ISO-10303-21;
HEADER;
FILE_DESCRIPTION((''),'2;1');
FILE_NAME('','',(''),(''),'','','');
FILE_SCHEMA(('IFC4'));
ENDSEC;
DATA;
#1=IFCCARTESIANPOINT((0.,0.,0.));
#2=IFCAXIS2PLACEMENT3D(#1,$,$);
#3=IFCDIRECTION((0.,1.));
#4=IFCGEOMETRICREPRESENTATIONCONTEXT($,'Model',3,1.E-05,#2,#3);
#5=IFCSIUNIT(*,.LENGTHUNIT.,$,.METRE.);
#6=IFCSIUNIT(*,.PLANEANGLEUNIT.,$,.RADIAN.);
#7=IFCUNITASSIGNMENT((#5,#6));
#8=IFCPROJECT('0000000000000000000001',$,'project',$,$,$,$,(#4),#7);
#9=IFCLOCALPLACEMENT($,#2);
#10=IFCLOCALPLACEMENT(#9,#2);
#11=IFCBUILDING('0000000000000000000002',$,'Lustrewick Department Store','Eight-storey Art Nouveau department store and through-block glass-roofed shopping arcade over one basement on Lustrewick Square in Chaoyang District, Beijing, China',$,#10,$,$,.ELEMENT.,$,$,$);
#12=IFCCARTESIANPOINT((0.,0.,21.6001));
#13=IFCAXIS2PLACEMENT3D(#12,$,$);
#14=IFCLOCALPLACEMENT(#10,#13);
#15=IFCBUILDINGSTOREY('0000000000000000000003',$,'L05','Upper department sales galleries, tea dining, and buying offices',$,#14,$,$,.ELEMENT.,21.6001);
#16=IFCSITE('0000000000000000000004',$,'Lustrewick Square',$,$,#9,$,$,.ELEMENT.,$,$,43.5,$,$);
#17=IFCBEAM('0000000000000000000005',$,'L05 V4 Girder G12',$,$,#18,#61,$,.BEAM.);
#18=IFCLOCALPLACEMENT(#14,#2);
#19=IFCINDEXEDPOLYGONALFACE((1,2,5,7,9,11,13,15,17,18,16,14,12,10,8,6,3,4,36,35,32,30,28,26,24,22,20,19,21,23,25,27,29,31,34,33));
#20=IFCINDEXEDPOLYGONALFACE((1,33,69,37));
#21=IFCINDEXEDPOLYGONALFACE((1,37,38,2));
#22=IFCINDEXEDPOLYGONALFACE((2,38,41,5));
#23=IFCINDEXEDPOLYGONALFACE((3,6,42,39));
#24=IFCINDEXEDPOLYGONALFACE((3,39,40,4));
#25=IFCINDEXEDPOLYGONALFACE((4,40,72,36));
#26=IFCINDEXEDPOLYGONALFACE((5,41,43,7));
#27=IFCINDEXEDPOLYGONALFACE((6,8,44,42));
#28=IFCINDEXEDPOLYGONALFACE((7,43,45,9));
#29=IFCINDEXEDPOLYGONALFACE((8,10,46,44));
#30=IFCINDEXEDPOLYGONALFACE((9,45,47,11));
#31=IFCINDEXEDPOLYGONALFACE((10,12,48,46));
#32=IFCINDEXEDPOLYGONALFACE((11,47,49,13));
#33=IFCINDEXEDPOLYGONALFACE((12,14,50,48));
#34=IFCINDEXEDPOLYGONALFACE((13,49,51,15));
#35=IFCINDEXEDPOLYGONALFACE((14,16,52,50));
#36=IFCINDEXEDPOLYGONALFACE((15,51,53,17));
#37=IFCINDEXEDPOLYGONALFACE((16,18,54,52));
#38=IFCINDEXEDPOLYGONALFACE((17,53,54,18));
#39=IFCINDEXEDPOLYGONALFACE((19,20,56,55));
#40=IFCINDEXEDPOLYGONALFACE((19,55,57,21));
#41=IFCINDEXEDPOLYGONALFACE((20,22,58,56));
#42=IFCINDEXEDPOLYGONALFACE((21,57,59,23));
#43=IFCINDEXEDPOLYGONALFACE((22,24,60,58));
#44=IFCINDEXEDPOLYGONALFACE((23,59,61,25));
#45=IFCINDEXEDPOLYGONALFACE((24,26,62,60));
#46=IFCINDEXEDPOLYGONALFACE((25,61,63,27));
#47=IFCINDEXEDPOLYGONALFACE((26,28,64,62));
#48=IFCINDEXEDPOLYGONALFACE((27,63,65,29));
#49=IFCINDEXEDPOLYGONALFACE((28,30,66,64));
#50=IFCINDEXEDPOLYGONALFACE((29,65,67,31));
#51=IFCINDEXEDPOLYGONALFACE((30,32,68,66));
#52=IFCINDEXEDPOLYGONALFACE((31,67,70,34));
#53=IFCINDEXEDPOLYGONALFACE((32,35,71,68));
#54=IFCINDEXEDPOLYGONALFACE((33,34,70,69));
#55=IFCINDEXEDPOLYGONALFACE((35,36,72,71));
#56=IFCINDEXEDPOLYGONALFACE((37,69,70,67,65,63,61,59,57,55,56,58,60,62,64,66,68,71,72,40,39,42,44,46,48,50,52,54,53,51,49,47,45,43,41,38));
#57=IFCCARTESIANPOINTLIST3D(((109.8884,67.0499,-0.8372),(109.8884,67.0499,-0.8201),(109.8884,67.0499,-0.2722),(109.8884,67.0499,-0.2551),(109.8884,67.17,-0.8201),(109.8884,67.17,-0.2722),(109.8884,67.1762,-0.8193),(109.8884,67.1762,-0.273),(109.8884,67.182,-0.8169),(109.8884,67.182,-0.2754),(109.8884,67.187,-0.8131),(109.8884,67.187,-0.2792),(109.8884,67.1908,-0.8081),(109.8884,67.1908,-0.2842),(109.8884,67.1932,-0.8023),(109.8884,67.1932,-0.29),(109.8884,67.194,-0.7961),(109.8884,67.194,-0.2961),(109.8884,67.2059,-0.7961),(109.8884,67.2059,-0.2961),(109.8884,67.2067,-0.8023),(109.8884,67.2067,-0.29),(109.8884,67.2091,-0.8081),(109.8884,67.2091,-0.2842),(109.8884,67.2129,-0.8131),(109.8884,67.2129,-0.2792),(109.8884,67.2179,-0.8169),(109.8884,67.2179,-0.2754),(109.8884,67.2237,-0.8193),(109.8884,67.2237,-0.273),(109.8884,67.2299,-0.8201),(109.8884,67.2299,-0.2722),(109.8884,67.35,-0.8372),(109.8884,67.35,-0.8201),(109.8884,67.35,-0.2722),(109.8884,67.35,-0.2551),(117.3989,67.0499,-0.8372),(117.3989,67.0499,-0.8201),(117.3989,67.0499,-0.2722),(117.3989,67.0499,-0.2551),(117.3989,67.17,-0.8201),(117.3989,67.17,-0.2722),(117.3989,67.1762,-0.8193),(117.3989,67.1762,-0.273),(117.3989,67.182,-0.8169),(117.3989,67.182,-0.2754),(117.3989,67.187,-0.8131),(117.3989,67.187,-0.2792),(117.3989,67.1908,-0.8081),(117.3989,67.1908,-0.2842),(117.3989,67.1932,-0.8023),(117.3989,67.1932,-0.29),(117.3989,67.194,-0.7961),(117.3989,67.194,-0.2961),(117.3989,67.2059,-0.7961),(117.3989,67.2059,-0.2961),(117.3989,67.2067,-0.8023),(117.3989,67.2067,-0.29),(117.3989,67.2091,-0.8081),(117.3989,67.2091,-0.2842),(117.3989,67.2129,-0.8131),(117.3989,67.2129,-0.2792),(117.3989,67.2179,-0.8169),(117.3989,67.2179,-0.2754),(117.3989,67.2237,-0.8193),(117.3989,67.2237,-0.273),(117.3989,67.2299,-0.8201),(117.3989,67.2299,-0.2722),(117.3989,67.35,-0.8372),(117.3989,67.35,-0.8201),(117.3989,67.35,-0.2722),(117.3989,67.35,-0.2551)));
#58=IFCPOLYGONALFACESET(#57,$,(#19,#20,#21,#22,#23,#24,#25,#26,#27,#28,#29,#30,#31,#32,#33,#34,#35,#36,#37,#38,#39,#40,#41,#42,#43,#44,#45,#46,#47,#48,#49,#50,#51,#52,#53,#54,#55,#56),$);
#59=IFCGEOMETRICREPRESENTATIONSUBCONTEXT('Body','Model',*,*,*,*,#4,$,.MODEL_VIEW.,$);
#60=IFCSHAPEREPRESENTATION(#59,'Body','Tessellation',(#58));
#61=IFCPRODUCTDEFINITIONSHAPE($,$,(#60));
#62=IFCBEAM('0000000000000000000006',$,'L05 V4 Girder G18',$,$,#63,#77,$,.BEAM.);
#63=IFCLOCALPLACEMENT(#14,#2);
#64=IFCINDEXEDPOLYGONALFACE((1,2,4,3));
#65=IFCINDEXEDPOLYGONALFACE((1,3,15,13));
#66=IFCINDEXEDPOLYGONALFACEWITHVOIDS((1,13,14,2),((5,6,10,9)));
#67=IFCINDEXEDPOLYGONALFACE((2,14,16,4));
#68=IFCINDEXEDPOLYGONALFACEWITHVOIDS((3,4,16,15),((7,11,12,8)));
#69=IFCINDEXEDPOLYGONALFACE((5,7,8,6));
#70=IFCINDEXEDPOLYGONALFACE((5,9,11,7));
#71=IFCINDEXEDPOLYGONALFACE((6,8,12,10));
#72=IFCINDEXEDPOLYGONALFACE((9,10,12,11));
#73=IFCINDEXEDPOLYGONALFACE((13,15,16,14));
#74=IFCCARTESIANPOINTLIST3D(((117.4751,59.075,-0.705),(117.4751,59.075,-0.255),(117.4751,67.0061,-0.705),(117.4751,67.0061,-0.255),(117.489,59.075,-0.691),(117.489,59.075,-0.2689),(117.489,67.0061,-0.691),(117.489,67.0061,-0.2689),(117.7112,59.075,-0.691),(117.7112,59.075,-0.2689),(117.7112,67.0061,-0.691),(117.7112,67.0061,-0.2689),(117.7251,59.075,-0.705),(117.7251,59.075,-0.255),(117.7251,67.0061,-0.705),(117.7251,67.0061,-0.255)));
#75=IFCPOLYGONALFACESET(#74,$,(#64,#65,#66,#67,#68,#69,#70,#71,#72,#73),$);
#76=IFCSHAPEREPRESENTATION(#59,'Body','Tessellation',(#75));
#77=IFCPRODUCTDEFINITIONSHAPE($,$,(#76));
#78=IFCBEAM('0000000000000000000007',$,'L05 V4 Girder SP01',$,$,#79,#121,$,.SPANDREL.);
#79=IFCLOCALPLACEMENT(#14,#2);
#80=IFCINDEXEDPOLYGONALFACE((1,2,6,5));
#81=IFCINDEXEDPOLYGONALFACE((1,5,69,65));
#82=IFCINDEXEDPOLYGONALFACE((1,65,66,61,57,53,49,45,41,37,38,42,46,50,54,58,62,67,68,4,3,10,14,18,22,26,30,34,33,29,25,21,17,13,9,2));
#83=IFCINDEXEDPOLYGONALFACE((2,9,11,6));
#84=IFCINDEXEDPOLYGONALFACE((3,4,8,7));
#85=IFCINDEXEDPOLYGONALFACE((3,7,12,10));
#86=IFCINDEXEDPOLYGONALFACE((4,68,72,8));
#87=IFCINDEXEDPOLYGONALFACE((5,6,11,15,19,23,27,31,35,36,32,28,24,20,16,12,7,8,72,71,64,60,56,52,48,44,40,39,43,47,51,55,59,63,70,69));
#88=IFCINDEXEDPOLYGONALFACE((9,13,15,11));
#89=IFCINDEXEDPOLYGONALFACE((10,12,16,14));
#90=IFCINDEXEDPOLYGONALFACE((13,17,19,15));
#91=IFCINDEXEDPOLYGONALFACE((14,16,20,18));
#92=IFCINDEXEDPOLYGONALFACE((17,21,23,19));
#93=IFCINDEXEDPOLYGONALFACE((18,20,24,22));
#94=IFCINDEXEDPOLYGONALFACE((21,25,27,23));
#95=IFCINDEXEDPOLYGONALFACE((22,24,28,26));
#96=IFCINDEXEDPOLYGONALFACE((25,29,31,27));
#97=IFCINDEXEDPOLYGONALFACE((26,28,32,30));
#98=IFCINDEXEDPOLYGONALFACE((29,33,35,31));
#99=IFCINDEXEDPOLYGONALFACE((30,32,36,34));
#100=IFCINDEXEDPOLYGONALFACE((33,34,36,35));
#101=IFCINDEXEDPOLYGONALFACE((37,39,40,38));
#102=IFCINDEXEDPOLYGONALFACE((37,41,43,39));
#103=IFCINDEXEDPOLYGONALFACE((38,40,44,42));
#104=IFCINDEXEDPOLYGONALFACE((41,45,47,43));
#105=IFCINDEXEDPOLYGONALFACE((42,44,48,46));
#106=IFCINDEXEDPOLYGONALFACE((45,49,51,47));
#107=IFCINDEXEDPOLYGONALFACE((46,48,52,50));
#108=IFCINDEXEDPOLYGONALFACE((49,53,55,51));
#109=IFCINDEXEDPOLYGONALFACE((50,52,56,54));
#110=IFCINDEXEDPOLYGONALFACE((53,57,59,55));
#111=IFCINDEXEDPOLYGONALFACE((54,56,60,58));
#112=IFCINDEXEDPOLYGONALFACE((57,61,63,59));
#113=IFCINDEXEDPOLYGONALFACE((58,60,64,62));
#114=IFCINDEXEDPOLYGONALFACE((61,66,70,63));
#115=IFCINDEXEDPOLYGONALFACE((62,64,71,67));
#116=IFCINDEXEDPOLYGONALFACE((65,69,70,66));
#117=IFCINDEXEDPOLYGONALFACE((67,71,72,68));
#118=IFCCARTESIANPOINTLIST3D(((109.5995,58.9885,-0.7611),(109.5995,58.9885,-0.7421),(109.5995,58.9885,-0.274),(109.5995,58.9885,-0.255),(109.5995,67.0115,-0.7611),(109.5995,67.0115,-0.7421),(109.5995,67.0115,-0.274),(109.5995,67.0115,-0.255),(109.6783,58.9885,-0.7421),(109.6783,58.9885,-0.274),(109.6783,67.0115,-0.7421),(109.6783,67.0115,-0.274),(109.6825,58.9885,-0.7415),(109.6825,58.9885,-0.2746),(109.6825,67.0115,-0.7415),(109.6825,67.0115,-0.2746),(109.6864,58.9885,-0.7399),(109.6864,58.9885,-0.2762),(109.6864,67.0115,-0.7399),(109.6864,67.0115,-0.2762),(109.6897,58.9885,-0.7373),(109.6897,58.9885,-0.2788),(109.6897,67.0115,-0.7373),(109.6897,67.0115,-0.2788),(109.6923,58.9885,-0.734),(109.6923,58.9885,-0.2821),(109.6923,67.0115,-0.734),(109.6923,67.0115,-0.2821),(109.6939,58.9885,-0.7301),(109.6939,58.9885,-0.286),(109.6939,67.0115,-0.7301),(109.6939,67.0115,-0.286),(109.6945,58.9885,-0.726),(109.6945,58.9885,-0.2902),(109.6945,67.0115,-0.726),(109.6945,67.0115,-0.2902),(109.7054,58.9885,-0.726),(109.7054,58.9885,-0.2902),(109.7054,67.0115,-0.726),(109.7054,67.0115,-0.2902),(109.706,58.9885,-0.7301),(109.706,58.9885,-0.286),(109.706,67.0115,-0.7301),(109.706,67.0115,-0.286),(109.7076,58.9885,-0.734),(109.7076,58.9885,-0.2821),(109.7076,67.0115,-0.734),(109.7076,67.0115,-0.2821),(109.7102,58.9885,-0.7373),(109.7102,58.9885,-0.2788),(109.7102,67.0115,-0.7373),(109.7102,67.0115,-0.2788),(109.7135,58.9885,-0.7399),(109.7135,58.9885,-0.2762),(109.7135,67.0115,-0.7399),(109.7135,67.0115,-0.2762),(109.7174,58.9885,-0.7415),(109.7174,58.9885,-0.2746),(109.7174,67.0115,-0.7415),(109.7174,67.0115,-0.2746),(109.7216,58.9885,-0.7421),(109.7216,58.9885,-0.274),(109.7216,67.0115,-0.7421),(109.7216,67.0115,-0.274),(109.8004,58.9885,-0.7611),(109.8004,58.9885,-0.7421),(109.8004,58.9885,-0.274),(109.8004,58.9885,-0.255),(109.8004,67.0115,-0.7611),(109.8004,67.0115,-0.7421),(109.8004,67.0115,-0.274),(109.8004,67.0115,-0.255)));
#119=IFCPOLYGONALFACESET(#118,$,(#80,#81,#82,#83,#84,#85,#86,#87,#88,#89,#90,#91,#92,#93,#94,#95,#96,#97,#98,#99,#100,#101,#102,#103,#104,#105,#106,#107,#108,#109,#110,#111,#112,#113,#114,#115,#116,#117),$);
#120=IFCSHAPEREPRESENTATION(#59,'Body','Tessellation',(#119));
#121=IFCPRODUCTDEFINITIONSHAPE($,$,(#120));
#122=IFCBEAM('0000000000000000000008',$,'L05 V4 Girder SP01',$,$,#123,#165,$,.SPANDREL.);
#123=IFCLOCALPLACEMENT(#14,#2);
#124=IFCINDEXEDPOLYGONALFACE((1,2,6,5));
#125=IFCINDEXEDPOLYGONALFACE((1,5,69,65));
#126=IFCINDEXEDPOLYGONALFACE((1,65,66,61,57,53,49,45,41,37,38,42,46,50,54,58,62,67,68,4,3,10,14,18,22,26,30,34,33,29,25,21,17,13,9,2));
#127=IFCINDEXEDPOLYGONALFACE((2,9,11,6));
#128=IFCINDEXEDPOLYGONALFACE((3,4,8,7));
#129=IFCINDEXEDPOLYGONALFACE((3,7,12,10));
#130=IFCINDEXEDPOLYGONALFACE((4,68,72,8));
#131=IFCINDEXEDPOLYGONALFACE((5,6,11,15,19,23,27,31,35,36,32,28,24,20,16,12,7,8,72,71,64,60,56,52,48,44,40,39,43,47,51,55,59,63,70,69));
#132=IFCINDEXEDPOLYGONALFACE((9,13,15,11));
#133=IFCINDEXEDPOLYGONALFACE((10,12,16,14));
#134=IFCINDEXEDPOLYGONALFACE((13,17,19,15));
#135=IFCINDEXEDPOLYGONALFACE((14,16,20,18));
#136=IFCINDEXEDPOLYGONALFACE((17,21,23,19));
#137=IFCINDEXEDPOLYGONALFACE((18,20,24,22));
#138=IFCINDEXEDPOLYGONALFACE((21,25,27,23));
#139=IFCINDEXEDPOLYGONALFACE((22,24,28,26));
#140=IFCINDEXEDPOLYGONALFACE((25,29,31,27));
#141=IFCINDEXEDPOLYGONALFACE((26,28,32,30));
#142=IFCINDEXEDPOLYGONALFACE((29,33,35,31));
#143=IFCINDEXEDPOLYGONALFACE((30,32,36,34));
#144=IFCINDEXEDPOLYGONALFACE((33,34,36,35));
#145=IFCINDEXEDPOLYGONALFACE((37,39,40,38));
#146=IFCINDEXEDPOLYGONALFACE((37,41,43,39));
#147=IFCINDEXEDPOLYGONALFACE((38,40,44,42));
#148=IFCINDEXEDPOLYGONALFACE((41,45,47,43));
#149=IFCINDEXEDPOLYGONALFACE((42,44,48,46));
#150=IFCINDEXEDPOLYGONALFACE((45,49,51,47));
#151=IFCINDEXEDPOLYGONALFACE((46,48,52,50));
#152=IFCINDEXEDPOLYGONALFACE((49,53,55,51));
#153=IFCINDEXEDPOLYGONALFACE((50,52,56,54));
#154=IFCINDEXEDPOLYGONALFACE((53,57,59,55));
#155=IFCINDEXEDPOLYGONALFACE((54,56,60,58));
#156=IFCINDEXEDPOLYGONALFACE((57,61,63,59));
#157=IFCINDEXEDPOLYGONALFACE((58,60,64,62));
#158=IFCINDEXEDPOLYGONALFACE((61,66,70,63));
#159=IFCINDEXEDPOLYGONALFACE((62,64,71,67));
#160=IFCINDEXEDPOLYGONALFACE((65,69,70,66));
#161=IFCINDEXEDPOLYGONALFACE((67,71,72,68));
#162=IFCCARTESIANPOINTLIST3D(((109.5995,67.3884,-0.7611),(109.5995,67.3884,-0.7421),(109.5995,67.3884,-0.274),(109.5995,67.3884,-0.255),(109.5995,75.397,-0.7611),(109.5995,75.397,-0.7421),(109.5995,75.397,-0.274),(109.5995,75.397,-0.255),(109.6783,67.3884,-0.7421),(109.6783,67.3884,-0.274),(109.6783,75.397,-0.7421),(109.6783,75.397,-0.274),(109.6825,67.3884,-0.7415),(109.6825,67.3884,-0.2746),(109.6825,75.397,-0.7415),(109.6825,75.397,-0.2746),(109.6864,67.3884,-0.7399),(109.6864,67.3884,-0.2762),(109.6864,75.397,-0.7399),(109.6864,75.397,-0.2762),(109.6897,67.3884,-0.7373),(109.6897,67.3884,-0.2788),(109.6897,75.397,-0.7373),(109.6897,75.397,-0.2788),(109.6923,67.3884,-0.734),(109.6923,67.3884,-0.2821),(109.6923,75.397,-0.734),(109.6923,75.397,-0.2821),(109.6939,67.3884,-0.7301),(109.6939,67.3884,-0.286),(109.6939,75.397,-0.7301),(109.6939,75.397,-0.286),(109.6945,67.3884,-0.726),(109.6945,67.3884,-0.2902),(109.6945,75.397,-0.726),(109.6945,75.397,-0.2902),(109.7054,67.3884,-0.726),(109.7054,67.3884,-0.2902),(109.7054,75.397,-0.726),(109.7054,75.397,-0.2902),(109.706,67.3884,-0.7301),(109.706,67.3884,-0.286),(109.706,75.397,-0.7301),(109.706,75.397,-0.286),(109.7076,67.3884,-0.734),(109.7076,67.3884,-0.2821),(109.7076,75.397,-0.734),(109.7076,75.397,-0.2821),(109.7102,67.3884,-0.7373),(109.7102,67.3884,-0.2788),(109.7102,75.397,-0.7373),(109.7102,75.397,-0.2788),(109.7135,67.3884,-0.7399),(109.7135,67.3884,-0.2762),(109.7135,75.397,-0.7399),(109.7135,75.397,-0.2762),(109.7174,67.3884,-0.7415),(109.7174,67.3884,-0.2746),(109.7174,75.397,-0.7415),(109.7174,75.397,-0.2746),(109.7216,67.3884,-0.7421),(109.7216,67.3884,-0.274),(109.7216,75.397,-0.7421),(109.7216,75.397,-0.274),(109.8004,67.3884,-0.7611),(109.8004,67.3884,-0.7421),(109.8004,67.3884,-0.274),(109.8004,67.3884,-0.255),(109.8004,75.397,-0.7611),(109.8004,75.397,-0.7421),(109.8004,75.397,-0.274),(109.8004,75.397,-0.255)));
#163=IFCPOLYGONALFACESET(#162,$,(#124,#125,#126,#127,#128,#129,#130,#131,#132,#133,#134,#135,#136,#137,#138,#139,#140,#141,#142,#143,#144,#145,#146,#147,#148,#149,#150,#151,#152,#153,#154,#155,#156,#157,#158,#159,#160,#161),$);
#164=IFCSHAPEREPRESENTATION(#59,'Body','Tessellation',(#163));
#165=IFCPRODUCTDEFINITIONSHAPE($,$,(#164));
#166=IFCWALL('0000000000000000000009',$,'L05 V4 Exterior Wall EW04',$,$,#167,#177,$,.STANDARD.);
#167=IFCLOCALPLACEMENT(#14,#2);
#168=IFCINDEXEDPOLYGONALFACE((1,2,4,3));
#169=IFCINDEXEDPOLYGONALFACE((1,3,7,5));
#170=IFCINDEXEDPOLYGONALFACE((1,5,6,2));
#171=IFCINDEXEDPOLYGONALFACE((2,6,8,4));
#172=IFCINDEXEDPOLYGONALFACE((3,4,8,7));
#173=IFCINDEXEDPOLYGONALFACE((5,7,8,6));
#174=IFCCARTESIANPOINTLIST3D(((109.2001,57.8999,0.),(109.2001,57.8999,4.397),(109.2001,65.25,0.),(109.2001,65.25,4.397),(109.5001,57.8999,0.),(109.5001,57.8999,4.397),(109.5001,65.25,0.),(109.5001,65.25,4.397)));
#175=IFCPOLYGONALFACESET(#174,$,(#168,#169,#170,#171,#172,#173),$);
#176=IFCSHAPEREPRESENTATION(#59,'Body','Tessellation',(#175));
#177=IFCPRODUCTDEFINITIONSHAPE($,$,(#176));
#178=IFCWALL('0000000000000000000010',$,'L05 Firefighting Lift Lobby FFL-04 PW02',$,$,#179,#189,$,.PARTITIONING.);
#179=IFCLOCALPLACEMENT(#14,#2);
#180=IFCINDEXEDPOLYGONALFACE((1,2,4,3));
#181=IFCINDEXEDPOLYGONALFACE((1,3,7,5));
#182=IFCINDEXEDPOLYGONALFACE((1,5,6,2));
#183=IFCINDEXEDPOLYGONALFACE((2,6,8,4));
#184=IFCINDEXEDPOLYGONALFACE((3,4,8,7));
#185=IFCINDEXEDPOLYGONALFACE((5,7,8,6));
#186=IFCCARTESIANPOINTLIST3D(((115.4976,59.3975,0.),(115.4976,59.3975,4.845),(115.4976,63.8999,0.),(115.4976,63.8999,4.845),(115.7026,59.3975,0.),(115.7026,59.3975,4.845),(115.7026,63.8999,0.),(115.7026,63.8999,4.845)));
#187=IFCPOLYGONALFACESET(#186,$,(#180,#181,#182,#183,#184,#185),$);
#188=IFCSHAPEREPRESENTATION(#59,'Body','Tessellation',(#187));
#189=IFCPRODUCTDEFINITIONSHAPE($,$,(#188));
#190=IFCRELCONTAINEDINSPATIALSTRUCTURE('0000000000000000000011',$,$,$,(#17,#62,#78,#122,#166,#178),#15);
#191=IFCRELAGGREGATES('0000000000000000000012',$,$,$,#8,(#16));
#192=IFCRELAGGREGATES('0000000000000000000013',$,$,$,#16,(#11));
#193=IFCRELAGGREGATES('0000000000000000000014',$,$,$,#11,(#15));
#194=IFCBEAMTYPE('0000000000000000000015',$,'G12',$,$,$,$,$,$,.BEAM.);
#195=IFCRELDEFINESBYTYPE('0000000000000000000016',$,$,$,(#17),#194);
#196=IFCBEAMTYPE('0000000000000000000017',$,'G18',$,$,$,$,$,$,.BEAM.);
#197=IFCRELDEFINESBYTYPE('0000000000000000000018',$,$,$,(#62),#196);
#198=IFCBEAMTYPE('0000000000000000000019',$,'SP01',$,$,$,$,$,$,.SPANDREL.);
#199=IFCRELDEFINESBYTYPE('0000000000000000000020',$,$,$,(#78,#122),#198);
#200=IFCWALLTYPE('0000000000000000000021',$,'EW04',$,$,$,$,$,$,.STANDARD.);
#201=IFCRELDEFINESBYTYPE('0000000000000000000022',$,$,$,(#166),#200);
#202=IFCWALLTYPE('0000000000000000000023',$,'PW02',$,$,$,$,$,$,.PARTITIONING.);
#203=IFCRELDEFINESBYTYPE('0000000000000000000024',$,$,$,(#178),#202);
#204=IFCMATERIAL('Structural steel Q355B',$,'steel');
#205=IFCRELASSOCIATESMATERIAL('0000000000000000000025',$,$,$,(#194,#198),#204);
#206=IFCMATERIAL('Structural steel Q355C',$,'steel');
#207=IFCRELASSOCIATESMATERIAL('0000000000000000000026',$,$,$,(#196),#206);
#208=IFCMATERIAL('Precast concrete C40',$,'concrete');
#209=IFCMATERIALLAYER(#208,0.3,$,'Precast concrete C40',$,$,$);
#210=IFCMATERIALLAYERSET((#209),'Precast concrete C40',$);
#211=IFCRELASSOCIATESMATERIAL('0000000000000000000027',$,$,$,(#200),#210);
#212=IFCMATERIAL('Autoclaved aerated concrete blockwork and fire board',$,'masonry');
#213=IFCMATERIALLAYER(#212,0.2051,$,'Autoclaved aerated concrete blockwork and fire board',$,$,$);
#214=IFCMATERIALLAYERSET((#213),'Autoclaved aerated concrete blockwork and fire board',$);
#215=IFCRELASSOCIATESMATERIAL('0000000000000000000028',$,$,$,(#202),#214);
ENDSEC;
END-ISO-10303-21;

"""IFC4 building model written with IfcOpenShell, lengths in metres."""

from ifc_helpers import new_model, si_unit, direction, frame, frame_2d, origin, origin_2d, place, context, subcontext, project, spatial, rectangle, hollow_rectangle, i_section, extrude, material, layer, layer_set, material_profile, profile_set, type_object, element, save


model = new_model("IFC4")

# Units and contexts
model_context = context("Model", 3, precision=1e-05, world=origin(), true_north=direction((0.0, 1.0)))
body_context = subcontext(model_context, "Body", "Model", "MODEL_VIEW")
ifc_project = project(units=[si_unit("LENGTHUNIT", "METRE"), si_unit("PLANEANGLEUNIT", "RADIAN")], contexts=[model_context])

# Site, building, storey
site_placement = place(None, origin())
site = spatial("IfcSite", under=ifc_project, at=site_placement, Name="Lustrewick Square", CompositionType="ELEMENT", RefElevation=43.5)
building_placement = place(site_placement, origin())
building = spatial("IfcBuilding", under=site, at=building_placement, Name="Lustrewick Department Store", Description="Eight-storey Art Nouveau department store and through-block glass-roofed shopping arcade over one basement on Lustrewick Square in Chaoyang District, Beijing, China", CompositionType="ELEMENT")
storey_placement = place(building_placement, frame((0.0, 0.0, 21.6001)))
storey = spatial("IfcBuildingStorey", under=building, at=storey_placement, Name="L05", Description="Upper department sales galleries, tea dining, and buying offices", CompositionType="ELEMENT", Elevation=21.6001)

# Shared definitions
ifc_material_1 = material(Name="Structural steel Q355B", Category="steel")

# Beams
ifc_material_2 = material(Name="Structural steel Q355C", Category="steel")
ifc_material_profile_1 = material_profile(ifc_material_1, i_section(OverallWidth=0.3, OverallDepth=0.582, WebThickness=0.012, FlangeThickness=0.0171, FilletRadius=0.0239, at=origin_2d()), Name="HM 582x300x12x17")
ifc_profile_set_1 = profile_set([ifc_material_profile_1], Name="Structural steel Q355B")
beam_type_1 = type_object("IfcBeamType", Name="G12", PredefinedType="BEAM", material=ifc_profile_set_1)
beam_1_placement = place(storey_placement, frame((109.8884, 67.2, -0.5461), z_axis=(1.0, 0.0, 0.0), x_axis=(0.0, 1.0, 0.0)))
element("IfcBeam", 1, at=beam_1_placement, inside=storey, type_object=beam_type_1, Name="L05 V4 Girder G12", PredefinedType="BEAM", context=body_context, shape_type="SweptSolid", body=[
    extrude(i_section(OverallWidth=0.3, OverallDepth=0.582, WebThickness=0.012, FlangeThickness=0.0171, FilletRadius=0.0239, at=origin_2d()), origin(), (0.0, 0.0, 1.0), 7.5105),
])
ifc_material_profile_2 = material_profile(ifc_material_2, hollow_rectangle(XDim=0.25, YDim=0.45, WallThickness=0.0139, at=origin_2d()), Name="RHS 450x250x14")
ifc_profile_set_2 = profile_set([ifc_material_profile_2], Name="Structural steel Q355C")
beam_type_2 = type_object("IfcBeamType", Name="G18", PredefinedType="BEAM", material=ifc_profile_set_2)
beam_2_placement = place(storey_placement, frame((117.6001, 59.075, -0.48), z_axis=(0.0, 1.0, 0.0), x_axis=(-1.0, 0.0, 0.0)))
element("IfcBeam", 2, at=beam_2_placement, inside=storey, type_object=beam_type_2, Name="L05 V4 Girder G18", PredefinedType="BEAM", context=body_context, shape_type="SweptSolid", body=[
    extrude(hollow_rectangle(XDim=0.25, YDim=0.45, WallThickness=0.0139, at=origin_2d()), origin(), (0.0, 0.0, 1.0), 7.9312),
])
ifc_material_profile_3 = material_profile(ifc_material_1, i_section(OverallWidth=0.2009, OverallDepth=0.5061, WebThickness=0.011, FlangeThickness=0.019, FilletRadius=0.0161, at=origin_2d()), Name="HN 506x201x11x19")
ifc_profile_set_3 = profile_set([ifc_material_profile_3], Name="Structural steel Q355B")
beam_type_3 = type_object("IfcBeamType", Name="SP01", PredefinedType="SPANDREL", material=ifc_profile_set_3)
beam_3_placement = place(storey_placement, frame((109.7, 58.9885, -0.5081), z_axis=(0.0, 1.0, 0.0), x_axis=(-1.0, 0.0, 0.0)))
element("IfcBeam", 3, at=beam_3_placement, inside=storey, type_object=beam_type_3, Name="L05 V4 Girder SP01", PredefinedType="SPANDREL", context=body_context, shape_type="SweptSolid", body=[
    extrude(i_section(OverallWidth=0.2009, OverallDepth=0.5061, WebThickness=0.011, FlangeThickness=0.019, FilletRadius=0.0161, at=origin_2d()), origin(), (0.0, 0.0, 1.0), 8.0229),
])
beam_4_placement = place(storey_placement, frame((109.7, 67.3884, -0.5081), z_axis=(0.0, 1.0, 0.0), x_axis=(-1.0, 0.0, 0.0)))
element("IfcBeam", 4, at=beam_4_placement, inside=storey, type_object=beam_type_3, Name="L05 V4 Girder SP01", PredefinedType="SPANDREL", context=body_context, shape_type="SweptSolid", body=[
    extrude(i_section(OverallWidth=0.2009, OverallDepth=0.5061, WebThickness=0.011, FlangeThickness=0.019, FilletRadius=0.0161, at=origin_2d()), origin(), (0.0, 0.0, 1.0), 8.0085),
])

# Wall
ifc_material_3 = material(Name="Precast concrete C40", Category="concrete")
ifc_layer_1 = layer(ifc_material_3, 0.3, Name="Precast concrete C40")
ifc_layer_set_1 = layer_set([ifc_layer_1], Name="Precast concrete C40")
wall_type_1 = type_object("IfcWallType", Name="EW04", PredefinedType="STANDARD", material=ifc_layer_set_1)
wall_1_placement = place(storey_placement, frame((109.3501, 65.25, 0.0), z_axis=(0.0, 0.0, 1.0), x_axis=(0.0, -1.0, 0.0)))
element("IfcWall", 5, at=wall_1_placement, inside=storey, type_object=wall_type_1, Name="L05 V4 Exterior Wall EW04", PredefinedType="STANDARD", context=body_context, shape_type="SweptSolid", body=[
    extrude(rectangle(XDim=7.3501, YDim=0.3, at=frame_2d((3.675, 0.0))), origin(), (0.0, 0.0, 1.0), 4.397),
])

# Shared definitions
ifc_material_4 = material(Name="Autoclaved aerated concrete blockwork and fire board", Category="masonry")
ifc_layer_2 = layer(ifc_material_4, 0.2051, Name="Autoclaved aerated concrete blockwork and fire board")
ifc_layer_set_2 = layer_set([ifc_layer_2], Name="Autoclaved aerated concrete blockwork and fire board")
wall_type_2 = type_object("IfcWallType", Name="PW02", PredefinedType="PARTITIONING", material=ifc_layer_set_2)

# Wall
for number, where, z_axis, x_axis, name in (
    (6, (115.6001, 59.3975, 0.0), (0.0, 0.0, 1.0), (0.0, 1.0, 0.0), "L05 Firefighting Lift Lobby FFL-04 PW02"),
):
    element("IfcWall", number, at=place(storey_placement, frame(where, z_axis=z_axis, x_axis=x_axis)), inside=storey, type_object=wall_type_2, Name=name, PredefinedType="PARTITIONING", context=body_context, shape_type="SweptSolid", body=[
        extrude(rectangle(XDim=4.5024, YDim=0.2051, at=frame_2d((2.2512, 0.0))), origin(), (0.0, 0.0, 1.0), 4.845),
    ])

save(model, "model.ifc")
